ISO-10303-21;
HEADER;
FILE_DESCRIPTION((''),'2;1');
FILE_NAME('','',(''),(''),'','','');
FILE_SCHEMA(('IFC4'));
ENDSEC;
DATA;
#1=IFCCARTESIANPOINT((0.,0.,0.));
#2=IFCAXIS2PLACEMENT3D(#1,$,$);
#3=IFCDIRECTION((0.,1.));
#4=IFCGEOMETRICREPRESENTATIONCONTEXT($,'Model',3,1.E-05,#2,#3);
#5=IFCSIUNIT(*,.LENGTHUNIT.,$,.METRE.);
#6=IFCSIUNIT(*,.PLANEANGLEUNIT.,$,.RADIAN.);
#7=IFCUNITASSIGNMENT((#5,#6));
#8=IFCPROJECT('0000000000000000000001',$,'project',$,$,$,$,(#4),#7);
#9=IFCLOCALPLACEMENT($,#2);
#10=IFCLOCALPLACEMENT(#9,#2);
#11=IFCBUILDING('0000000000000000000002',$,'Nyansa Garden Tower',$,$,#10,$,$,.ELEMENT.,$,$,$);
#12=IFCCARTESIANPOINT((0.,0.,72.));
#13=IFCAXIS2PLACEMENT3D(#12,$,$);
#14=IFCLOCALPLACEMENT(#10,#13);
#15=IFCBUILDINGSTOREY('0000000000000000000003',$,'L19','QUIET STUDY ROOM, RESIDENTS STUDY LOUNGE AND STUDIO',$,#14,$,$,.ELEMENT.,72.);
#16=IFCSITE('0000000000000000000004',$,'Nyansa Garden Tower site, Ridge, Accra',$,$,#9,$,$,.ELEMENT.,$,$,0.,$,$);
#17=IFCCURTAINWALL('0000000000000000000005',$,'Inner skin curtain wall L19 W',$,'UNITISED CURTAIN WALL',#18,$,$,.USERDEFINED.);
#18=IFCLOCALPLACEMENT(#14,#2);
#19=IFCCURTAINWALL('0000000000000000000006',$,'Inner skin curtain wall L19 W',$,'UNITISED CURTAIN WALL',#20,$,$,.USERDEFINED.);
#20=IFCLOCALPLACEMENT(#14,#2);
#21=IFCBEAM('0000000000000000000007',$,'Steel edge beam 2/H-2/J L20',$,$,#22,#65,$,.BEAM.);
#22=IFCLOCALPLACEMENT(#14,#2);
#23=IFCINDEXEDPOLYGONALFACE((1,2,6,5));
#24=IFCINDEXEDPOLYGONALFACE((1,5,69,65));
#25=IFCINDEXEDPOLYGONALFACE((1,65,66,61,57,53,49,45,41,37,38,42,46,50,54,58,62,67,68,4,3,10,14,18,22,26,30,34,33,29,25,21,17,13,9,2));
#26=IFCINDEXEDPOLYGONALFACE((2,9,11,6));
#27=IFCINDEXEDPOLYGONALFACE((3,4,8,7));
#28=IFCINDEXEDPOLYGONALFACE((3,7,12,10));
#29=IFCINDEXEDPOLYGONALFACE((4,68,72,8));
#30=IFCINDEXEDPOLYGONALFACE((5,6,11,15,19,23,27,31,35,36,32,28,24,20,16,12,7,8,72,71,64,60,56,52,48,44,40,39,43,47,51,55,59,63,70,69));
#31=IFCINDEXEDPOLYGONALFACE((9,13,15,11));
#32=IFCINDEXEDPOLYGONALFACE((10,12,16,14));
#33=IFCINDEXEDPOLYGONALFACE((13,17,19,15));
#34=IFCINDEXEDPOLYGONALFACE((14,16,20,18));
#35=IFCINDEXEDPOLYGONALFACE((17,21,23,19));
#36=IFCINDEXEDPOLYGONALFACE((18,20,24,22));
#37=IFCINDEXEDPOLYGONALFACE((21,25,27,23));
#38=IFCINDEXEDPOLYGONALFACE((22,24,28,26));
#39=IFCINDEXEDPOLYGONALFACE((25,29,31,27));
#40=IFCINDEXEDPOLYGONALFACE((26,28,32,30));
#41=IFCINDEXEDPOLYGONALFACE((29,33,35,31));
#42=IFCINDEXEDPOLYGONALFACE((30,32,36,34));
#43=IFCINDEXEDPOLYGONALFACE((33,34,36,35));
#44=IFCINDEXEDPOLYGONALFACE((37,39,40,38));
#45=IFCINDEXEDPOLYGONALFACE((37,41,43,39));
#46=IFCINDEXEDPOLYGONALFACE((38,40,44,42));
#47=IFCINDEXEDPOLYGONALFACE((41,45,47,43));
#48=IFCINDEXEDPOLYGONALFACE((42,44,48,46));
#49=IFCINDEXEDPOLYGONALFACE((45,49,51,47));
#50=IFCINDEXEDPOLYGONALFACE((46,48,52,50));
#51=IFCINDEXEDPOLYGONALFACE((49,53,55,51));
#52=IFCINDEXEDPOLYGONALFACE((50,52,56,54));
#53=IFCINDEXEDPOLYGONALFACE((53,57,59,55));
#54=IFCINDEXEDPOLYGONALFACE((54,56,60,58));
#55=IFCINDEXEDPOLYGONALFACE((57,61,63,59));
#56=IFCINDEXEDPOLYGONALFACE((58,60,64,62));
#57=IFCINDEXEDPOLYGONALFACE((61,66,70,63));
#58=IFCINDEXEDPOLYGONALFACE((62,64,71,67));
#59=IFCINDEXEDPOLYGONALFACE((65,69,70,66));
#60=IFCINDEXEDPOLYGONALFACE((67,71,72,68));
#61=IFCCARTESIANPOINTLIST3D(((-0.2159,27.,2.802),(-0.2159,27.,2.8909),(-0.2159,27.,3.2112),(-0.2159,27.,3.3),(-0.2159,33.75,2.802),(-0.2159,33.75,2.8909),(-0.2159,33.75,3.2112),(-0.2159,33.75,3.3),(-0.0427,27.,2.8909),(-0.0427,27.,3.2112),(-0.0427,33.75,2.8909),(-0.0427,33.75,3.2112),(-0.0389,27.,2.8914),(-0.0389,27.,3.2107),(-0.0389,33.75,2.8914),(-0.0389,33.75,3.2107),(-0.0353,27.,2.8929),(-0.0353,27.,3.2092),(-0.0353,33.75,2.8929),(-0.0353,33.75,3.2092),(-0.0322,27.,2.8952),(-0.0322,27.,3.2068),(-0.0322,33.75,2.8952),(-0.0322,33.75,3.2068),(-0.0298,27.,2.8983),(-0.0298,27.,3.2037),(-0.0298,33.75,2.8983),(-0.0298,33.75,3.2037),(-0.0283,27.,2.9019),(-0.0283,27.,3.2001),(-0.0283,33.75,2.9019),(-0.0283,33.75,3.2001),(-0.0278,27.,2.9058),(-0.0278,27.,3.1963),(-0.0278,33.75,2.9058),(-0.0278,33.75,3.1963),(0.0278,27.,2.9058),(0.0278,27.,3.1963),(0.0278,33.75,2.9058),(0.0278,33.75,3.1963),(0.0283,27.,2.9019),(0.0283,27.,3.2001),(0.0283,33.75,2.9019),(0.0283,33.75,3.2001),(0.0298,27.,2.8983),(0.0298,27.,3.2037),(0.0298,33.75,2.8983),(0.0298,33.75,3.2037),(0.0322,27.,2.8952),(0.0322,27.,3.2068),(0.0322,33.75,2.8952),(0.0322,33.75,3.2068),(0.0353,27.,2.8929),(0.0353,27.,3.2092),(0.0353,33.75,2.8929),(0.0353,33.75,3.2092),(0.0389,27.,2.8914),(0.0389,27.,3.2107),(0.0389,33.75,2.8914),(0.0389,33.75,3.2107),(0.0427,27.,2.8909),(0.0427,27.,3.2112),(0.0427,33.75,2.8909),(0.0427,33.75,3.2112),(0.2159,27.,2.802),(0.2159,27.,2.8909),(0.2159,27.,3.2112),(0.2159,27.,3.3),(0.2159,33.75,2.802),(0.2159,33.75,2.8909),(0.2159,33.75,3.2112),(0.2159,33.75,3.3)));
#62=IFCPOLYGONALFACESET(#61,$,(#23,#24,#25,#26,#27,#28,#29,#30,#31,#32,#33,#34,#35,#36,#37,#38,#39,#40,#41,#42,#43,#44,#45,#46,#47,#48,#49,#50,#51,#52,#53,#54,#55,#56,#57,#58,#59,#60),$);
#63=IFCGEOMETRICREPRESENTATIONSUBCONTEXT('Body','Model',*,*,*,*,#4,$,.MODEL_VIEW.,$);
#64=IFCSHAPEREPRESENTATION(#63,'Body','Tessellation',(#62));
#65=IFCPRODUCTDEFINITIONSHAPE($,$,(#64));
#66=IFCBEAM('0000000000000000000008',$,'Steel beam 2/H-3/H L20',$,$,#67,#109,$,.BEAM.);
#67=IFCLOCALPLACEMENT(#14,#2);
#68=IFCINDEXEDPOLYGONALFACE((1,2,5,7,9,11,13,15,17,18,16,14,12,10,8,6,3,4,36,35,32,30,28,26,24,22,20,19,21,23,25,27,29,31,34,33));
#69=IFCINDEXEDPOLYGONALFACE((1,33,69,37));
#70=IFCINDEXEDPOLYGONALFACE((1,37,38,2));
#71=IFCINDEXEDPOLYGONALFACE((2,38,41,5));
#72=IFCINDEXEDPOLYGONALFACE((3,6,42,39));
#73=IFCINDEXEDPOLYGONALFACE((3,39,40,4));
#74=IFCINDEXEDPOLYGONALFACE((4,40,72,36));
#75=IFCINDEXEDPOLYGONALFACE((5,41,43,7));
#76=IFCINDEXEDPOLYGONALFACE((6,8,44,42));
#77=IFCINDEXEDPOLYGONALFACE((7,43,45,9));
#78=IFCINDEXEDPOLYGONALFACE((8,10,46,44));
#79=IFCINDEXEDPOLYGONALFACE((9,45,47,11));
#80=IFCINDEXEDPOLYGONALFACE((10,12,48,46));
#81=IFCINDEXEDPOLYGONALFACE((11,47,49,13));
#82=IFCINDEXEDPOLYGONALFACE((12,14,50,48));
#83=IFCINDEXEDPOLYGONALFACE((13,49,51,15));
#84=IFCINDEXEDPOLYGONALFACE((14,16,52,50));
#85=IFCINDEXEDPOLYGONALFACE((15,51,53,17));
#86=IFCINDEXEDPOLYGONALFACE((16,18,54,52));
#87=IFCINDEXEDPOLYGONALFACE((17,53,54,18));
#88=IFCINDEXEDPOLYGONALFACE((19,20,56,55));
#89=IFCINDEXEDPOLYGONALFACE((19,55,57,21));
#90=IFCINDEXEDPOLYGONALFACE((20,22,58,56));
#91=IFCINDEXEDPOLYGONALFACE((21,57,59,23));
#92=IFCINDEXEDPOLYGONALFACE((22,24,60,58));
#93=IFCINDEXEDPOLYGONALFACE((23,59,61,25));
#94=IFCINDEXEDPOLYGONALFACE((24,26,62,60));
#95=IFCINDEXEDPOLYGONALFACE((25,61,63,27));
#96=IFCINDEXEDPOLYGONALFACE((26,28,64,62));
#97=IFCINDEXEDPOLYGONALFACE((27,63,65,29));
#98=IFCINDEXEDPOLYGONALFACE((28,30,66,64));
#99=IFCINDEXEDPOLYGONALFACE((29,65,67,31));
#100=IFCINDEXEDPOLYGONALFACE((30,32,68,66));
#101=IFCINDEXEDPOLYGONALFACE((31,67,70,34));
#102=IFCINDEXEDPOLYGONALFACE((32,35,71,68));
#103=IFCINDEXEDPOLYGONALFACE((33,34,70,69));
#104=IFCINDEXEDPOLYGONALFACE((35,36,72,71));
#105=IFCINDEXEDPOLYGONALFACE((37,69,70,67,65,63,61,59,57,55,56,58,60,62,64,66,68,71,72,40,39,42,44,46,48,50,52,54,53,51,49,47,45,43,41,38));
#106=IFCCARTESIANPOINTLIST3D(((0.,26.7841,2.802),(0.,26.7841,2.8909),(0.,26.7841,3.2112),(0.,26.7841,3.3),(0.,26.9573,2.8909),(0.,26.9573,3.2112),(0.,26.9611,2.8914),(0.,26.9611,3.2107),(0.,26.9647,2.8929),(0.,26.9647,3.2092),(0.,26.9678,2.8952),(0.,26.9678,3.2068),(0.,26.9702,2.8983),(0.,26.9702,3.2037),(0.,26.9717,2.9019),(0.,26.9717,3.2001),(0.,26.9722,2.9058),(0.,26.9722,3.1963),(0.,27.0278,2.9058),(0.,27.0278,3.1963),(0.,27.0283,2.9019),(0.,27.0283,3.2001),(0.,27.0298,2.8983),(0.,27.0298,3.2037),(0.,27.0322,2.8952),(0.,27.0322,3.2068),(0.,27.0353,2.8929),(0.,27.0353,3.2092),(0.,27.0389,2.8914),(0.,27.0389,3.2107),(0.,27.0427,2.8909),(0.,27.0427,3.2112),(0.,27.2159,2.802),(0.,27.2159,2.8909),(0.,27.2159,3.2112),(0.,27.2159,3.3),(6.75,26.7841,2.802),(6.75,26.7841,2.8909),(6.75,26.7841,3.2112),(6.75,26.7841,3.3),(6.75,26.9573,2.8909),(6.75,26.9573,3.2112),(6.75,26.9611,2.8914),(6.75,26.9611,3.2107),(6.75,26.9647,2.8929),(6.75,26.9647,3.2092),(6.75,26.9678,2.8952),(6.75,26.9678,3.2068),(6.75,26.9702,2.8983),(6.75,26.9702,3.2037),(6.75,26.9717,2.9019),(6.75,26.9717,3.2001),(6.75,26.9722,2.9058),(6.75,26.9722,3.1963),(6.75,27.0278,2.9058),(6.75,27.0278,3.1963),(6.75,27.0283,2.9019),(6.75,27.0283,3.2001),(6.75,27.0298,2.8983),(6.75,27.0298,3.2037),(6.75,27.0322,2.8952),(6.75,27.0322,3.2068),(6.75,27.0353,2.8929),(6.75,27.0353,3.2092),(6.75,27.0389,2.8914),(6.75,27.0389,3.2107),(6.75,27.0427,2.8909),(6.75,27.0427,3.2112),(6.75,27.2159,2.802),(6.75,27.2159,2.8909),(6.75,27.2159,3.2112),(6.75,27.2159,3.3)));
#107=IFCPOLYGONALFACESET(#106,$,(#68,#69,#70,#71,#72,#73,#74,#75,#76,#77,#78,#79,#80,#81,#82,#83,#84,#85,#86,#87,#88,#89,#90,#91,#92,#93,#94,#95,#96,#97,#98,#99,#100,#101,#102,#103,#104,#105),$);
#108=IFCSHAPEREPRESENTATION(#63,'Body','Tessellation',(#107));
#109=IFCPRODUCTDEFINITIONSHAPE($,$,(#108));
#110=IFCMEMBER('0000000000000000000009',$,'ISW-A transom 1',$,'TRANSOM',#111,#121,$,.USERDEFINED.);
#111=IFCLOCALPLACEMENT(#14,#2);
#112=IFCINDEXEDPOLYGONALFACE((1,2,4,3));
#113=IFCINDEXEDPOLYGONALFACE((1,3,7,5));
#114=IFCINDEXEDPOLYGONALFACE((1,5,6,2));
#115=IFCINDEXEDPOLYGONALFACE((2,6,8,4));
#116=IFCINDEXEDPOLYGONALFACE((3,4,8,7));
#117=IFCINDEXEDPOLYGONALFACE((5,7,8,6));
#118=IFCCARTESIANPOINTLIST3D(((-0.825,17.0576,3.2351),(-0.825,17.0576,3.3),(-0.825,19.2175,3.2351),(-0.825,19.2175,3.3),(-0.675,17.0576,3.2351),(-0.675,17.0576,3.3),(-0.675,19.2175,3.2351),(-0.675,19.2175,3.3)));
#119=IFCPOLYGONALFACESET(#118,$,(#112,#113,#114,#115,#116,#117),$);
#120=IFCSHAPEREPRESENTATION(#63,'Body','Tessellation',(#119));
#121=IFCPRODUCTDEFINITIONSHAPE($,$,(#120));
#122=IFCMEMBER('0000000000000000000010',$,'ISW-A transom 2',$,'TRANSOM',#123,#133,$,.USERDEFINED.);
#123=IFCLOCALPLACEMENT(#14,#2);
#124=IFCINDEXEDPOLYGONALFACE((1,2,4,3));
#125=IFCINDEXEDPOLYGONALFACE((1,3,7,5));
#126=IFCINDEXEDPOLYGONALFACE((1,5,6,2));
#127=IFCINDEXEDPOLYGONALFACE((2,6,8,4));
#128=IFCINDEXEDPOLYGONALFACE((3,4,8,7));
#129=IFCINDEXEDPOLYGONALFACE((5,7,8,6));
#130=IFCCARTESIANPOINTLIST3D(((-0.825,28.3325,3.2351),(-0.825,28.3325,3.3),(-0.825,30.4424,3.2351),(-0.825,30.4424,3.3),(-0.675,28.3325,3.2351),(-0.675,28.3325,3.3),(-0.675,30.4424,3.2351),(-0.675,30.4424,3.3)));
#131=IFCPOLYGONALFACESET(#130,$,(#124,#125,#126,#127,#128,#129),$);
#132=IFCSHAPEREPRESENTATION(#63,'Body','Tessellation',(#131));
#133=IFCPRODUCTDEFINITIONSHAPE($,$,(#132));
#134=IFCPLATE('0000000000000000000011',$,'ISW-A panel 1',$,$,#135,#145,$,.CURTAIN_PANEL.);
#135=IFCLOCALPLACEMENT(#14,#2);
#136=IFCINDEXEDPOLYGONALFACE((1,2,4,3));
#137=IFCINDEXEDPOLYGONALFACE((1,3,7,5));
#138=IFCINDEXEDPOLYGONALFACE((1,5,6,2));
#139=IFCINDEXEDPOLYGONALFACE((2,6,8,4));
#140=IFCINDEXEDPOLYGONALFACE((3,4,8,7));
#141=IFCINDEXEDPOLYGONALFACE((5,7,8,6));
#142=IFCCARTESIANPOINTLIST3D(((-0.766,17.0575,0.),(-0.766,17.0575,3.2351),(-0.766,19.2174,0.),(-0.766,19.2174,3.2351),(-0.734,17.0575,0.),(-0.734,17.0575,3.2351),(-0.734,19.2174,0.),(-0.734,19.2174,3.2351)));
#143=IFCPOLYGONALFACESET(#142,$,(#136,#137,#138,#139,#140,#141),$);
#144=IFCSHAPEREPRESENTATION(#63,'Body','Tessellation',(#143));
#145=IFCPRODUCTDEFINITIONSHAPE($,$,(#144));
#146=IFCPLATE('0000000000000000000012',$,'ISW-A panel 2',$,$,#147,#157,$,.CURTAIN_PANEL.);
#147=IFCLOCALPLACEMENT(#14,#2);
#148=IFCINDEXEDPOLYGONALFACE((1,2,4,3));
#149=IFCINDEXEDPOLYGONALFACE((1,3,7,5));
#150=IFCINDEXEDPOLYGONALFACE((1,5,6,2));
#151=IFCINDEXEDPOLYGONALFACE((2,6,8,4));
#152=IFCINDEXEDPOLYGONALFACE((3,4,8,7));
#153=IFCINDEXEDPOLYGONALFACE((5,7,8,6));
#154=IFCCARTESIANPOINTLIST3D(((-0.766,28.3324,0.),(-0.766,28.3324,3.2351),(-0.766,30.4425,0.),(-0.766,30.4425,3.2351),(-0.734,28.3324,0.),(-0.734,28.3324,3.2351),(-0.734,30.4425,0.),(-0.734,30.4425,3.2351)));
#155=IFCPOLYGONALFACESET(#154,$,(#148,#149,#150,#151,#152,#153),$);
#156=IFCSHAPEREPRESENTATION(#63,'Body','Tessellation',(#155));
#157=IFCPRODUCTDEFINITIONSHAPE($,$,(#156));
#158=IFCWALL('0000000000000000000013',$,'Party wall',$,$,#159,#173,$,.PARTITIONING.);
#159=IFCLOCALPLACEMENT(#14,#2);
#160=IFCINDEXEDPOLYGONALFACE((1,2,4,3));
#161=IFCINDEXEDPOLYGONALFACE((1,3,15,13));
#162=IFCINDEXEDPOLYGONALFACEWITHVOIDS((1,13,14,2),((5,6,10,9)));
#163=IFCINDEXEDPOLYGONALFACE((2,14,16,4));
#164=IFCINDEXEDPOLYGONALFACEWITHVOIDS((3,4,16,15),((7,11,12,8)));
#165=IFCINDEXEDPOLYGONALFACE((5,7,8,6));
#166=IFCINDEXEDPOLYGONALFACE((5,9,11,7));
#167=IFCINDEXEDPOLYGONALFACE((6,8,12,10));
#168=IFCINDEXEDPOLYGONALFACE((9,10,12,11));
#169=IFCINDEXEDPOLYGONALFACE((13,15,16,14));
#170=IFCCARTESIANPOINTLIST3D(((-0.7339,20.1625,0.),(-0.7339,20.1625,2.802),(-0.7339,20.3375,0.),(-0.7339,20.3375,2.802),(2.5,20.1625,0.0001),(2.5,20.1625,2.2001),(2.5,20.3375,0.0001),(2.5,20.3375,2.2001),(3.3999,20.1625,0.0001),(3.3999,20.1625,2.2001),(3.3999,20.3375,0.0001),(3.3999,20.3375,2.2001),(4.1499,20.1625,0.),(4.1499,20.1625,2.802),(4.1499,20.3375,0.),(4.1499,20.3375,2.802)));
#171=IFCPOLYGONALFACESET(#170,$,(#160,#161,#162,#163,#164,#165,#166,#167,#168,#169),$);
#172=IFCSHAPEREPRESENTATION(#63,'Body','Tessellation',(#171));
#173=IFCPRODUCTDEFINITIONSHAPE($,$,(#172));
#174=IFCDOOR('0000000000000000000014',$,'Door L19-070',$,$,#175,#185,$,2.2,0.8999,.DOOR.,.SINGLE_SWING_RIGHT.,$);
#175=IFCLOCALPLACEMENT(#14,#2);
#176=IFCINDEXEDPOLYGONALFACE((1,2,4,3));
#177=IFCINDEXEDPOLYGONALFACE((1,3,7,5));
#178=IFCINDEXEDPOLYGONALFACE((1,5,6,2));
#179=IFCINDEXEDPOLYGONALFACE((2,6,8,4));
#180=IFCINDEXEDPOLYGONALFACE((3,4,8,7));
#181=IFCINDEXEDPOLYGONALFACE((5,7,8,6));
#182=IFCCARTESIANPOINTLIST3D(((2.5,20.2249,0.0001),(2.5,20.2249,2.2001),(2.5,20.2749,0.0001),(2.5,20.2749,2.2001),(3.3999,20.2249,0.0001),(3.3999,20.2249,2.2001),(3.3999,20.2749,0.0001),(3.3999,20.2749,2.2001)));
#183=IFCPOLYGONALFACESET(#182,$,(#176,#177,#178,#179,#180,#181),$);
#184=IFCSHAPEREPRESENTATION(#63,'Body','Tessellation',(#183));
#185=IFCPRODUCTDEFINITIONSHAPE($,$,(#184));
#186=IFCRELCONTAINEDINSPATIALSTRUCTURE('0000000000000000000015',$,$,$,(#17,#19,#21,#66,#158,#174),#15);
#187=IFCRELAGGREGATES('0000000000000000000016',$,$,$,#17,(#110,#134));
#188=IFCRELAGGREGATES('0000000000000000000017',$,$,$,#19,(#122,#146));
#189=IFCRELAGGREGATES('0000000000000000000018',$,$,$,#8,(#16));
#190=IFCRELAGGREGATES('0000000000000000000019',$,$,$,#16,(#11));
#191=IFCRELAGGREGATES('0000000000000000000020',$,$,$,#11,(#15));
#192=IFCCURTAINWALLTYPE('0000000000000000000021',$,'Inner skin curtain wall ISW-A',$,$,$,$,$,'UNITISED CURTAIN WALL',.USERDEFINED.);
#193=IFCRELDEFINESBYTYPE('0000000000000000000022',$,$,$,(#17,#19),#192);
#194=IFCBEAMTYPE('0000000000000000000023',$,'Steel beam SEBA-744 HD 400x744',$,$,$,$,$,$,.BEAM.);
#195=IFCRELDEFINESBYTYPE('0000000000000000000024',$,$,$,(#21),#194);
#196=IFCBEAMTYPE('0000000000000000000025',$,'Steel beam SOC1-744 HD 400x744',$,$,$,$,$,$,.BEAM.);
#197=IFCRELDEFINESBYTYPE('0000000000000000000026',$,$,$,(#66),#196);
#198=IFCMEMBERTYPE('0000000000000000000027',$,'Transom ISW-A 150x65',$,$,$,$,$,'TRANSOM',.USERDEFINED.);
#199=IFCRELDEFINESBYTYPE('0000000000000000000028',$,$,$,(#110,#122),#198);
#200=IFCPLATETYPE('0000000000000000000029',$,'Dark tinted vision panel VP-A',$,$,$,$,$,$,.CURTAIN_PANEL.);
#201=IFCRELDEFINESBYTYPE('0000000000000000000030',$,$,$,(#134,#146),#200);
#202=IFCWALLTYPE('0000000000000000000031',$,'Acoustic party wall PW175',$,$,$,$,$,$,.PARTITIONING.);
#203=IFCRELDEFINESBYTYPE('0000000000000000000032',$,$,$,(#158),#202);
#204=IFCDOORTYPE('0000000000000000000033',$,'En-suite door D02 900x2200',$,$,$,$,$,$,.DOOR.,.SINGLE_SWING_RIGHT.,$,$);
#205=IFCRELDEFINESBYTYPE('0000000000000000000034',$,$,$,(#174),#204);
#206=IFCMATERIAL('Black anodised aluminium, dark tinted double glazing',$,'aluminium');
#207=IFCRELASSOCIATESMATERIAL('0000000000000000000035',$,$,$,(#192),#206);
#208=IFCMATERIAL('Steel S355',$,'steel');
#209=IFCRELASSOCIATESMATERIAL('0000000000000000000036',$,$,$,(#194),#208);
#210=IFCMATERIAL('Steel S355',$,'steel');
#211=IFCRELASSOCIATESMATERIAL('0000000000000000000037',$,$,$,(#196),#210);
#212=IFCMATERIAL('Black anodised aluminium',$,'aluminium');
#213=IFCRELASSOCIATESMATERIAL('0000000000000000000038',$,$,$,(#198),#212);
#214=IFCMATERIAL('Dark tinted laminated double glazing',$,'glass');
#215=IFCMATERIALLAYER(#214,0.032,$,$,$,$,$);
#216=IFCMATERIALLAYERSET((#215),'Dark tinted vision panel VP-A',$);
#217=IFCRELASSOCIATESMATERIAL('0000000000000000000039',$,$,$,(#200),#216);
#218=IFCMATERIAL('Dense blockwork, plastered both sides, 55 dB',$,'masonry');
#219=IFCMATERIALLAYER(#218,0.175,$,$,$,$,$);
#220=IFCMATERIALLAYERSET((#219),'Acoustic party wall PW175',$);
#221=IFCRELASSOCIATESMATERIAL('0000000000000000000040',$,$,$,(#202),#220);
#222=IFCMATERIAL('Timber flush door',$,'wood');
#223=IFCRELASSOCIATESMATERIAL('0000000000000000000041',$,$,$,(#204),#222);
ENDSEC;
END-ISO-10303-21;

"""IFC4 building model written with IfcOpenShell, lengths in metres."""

from ifc_helpers import new_model, si_unit, direction, frame, frame_2d, origin, origin_2d, place, context, subcontext, project, spatial, rectangle, i_section, extrude, material, layer, layer_set, material_profile, profile_set, type_object, element, fill, aggregate, save


model = new_model("IFC4")

# Units and contexts
model_context = context("Model", 3, precision=1e-05, world=origin(), true_north=direction((0.0, 1.0)))
body_context = subcontext(model_context, "Body", "Model", "MODEL_VIEW")
ifc_project = project(units=[si_unit("LENGTHUNIT", "METRE"), si_unit("PLANEANGLEUNIT", "RADIAN")], contexts=[model_context])

# Site, building, storey
site_placement = place(None, origin())
site = spatial("IfcSite", under=ifc_project, at=site_placement, Name="Nyansa Garden Tower site, Ridge, Accra", CompositionType="ELEMENT", RefElevation=0.0)
building_placement = place(site_placement, origin())
building = spatial("IfcBuilding", under=site, at=building_placement, Name="Nyansa Garden Tower", CompositionType="ELEMENT")
storey_placement = place(building_placement, frame((0.0, 0.0, 72.0)))
storey = spatial("IfcBuildingStorey", under=building, at=storey_placement, Name="L19", Description="QUIET STUDY ROOM, RESIDENTS STUDY LOUNGE AND STUDIO", CompositionType="ELEMENT", Elevation=72.0)

# Curtain wall
ifc_material_1 = material(Name="Black anodised aluminium, dark tinted double glazing", Category="aluminium")
curtain_wall_type = type_object("IfcCurtainWallType", Name="Inner skin curtain wall ISW-A", ElementType="UNITISED CURTAIN WALL", PredefinedType="USERDEFINED", material=ifc_material_1)
curtain_wall_1_placement = place(storey_placement, origin())
curtain_wall_1 = element("IfcCurtainWall", 1, at=curtain_wall_1_placement, inside=storey, type_object=curtain_wall_type, Name="Inner skin curtain wall L19 W", ObjectType="UNITISED CURTAIN WALL", PredefinedType="USERDEFINED")

# Curtain wall
curtain_wall_2_placement = place(storey_placement, origin())
curtain_wall_2 = element("IfcCurtainWall", 2, at=curtain_wall_2_placement, inside=storey, type_object=curtain_wall_type, Name="Inner skin curtain wall L19 W", ObjectType="UNITISED CURTAIN WALL", PredefinedType="USERDEFINED")

# Beams
ifc_material_2 = material(Name="Steel S355", Category="steel")
ifc_material_profile_1 = material_profile(ifc_material_2, i_section(OverallWidth=0.4319, OverallDepth=0.498, WebThickness=0.0557, FlangeThickness=0.0889, FilletRadius=0.0149, at=origin_2d()), Name="HD 400x744")
ifc_profile_set_1 = profile_set([ifc_material_profile_1], Name="Steel S355")
beam_type_1 = type_object("IfcBeamType", Name="Steel beam SEBA-744 HD 400x744", PredefinedType="BEAM", material=ifc_profile_set_1)
for number, where, z_axis, x_axis, name in (
    (3, (0.0, 27.0, 3.051), (0.0, 1.0, 0.0), (-1.0, 0.0, 0.0), "Steel edge beam 2/H-2/J L20"),
):
    element("IfcBeam", number, at=place(storey_placement, frame(where, z_axis=z_axis, x_axis=x_axis)), inside=storey, type_object=beam_type_1, Name=name, PredefinedType="BEAM", context=body_context, shape_type="SweptSolid", body=[
        extrude(i_section(OverallWidth=0.4319, OverallDepth=0.498, WebThickness=0.0557, FlangeThickness=0.0889, FilletRadius=0.0149, at=origin_2d()), origin(), (0.0, 0.0, 1.0), 6.75),
    ])
ifc_material_3 = material(Name="Steel S355", Category="steel")
ifc_material_profile_2 = material_profile(ifc_material_3, i_section(OverallWidth=0.4319, OverallDepth=0.498, WebThickness=0.0557, FlangeThickness=0.0889, FilletRadius=0.0149, at=origin_2d()), Name="HD 400x744")
ifc_profile_set_2 = profile_set([ifc_material_profile_2], Name="Steel S355")
beam_type_2 = type_object("IfcBeamType", Name="Steel beam SOC1-744 HD 400x744", PredefinedType="BEAM", material=ifc_profile_set_2)
beam_1_placement = place(storey_placement, frame((0.0, 27.0, 3.051), z_axis=(1.0, 0.0, 0.0), x_axis=(0.0, 1.0, 0.0)))
element("IfcBeam", 4, at=beam_1_placement, inside=storey, type_object=beam_type_2, Name="Steel beam 2/H-3/H L20", PredefinedType="BEAM", context=body_context, shape_type="SweptSolid", body=[
    extrude(i_section(OverallWidth=0.4319, OverallDepth=0.498, WebThickness=0.0557, FlangeThickness=0.0889, FilletRadius=0.0149, at=origin_2d()), origin(), (0.0, 0.0, 1.0), 6.75),
])

# Members
ifc_material_4 = material(Name="Black anodised aluminium", Category="aluminium")
ifc_material_profile_3 = material_profile(ifc_material_4, rectangle(XDim=0.1499, YDim=0.0649, at=origin_2d()), Name="Transom 150x65")
ifc_profile_set_3 = profile_set([ifc_material_profile_3], Name="Black anodised aluminium")
member_type_1 = type_object("IfcMemberType", Name="Transom ISW-A 150x65", ElementType="TRANSOM", PredefinedType="USERDEFINED", material=ifc_profile_set_3)
member_1_placement = place(storey_placement, frame((-0.75, 19.2175, 3.2676), z_axis=(0.0, -1.0, 0.0), x_axis=(1.0, 0.0, 0.0)))
member_1 = element("IfcMember", 5, at=member_1_placement, type_object=member_type_1, Name="ISW-A transom 1", ObjectType="TRANSOM", PredefinedType="USERDEFINED", context=body_context, shape_type="SweptSolid", body=[
    extrude(rectangle(XDim=0.1499, YDim=0.0649, at=origin_2d()), origin(), (0.0, 0.0, 1.0), 2.1599),
])
member_2_placement = place(storey_placement, frame((-0.75, 30.4424, 3.2676), z_axis=(0.0, -1.0, 0.0), x_axis=(1.0, 0.0, 0.0)))
member_2 = element("IfcMember", 6, at=member_2_placement, type_object=member_type_1, Name="ISW-A transom 2", ObjectType="TRANSOM", PredefinedType="USERDEFINED", context=body_context, shape_type="SweptSolid", body=[
    extrude(rectangle(XDim=0.1499, YDim=0.0649, at=origin_2d()), origin(), (0.0, 0.0, 1.0), 2.1099),
])

# Plates
ifc_material_5 = material(Name="Dark tinted laminated double glazing", Category="glass")
ifc_layer_1 = layer(ifc_material_5, 0.032)
ifc_layer_set_1 = layer_set([ifc_layer_1], Name="Dark tinted vision panel VP-A")
plate_type = type_object("IfcPlateType", Name="Dark tinted vision panel VP-A", PredefinedType="CURTAIN_PANEL", material=ifc_layer_set_1)
plate_1_placement = place(storey_placement, frame((-0.75, 18.1375, 0.0), z_axis=(0.0, 0.0, 1.0), x_axis=(0.0, -1.0, 0.0)))
plate_1 = element("IfcPlate", 7, at=plate_1_placement, type_object=plate_type, Name="ISW-A panel 1", PredefinedType="CURTAIN_PANEL", context=body_context, shape_type="SweptSolid", body=[
    extrude(rectangle(XDim=2.1599, YDim=0.032, at=origin_2d()), origin(), (0.0, 0.0, 1.0), 3.2351),
])
aggregate(curtain_wall_1, [member_1, plate_1])
plate_2_placement = place(storey_placement, frame((-0.75, 29.3875, 0.0), z_axis=(0.0, 0.0, 1.0), x_axis=(0.0, -1.0, 0.0)))
plate_2 = element("IfcPlate", 8, at=plate_2_placement, type_object=plate_type, Name="ISW-A panel 2", PredefinedType="CURTAIN_PANEL", context=body_context, shape_type="SweptSolid", body=[
    extrude(rectangle(XDim=2.1101, YDim=0.032, at=origin_2d()), origin(), (0.0, 0.0, 1.0), 3.2351),
])
aggregate(curtain_wall_2, [member_2, plate_2])

# Wall, opening, door
ifc_material_6 = material(Name="Dense blockwork, plastered both sides, 55 dB", Category="masonry")
ifc_layer_2 = layer(ifc_material_6, 0.175)
ifc_layer_set_2 = layer_set([ifc_layer_2], Name="Acoustic party wall PW175")
wall_type_1 = type_object("IfcWallType", Name="Acoustic party wall PW175", PredefinedType="PARTITIONING", material=ifc_layer_set_2)
wall_1_placement = place(storey_placement, frame((-0.7339, 20.25, 0.0), z_axis=(0.0, 0.0, 1.0), x_axis=(1.0, 0.0, 0.0)))
wall_1 = element("IfcWall", 9, at=wall_1_placement, inside=storey, type_object=wall_type_1, Name="Party wall", PredefinedType="PARTITIONING", context=body_context, shape_type="SweptSolid", body=[
    extrude(rectangle(XDim=4.8838, YDim=0.175, at=frame_2d((2.4419, 0.0))), origin(), (0.0, 0.0, 1.0), 2.802),
])
opening_1_placement = place(wall_1_placement, frame((3.2339, 0.0, 0.0)))
opening_1 = element("IfcOpeningElement", 10, at=opening_1_placement, cuts=wall_1, PredefinedType="OPENING", context=body_context, shape_type="SweptSolid", body=[
    extrude(rectangle(XDim=0.8999, YDim=2.2, at=frame_2d((0.45, 1.1001))), frame((0.0, 0.0974, 0.0), z_axis=(0.0, -1.0, 0.0), x_axis=(1.0, 0.0, 0.0)), (0.0, 0.0, 1.0), 0.1951),
])
ifc_material_7 = material(Name="Timber flush door", Category="wood")
door_type_1 = type_object("IfcDoorType", Name="En-suite door D02 900x2200", OperationType="SINGLE_SWING_RIGHT", PredefinedType="DOOR", material=ifc_material_7)
door_1_placement = place(opening_1_placement, origin())
door_1 = element("IfcDoor", 11, at=door_1_placement, inside=storey, type_object=door_type_1, Name="Door L19-070", OperationType="SINGLE_SWING_RIGHT", OverallHeight=2.2, OverallWidth=0.8999, PredefinedType="DOOR", context=body_context, shape_type="SweptSolid", body=[
    extrude(rectangle(XDim=0.8999, YDim=2.2, at=frame_2d((0.45, 1.1001))), frame((0.0, 0.0249, 0.0), z_axis=(0.0, -1.0, 0.0), x_axis=(1.0, 0.0, 0.0)), (0.0, 0.0, 1.0), 0.05),
])
fill(opening_1, door_1)

save(model, "model.ifc")
